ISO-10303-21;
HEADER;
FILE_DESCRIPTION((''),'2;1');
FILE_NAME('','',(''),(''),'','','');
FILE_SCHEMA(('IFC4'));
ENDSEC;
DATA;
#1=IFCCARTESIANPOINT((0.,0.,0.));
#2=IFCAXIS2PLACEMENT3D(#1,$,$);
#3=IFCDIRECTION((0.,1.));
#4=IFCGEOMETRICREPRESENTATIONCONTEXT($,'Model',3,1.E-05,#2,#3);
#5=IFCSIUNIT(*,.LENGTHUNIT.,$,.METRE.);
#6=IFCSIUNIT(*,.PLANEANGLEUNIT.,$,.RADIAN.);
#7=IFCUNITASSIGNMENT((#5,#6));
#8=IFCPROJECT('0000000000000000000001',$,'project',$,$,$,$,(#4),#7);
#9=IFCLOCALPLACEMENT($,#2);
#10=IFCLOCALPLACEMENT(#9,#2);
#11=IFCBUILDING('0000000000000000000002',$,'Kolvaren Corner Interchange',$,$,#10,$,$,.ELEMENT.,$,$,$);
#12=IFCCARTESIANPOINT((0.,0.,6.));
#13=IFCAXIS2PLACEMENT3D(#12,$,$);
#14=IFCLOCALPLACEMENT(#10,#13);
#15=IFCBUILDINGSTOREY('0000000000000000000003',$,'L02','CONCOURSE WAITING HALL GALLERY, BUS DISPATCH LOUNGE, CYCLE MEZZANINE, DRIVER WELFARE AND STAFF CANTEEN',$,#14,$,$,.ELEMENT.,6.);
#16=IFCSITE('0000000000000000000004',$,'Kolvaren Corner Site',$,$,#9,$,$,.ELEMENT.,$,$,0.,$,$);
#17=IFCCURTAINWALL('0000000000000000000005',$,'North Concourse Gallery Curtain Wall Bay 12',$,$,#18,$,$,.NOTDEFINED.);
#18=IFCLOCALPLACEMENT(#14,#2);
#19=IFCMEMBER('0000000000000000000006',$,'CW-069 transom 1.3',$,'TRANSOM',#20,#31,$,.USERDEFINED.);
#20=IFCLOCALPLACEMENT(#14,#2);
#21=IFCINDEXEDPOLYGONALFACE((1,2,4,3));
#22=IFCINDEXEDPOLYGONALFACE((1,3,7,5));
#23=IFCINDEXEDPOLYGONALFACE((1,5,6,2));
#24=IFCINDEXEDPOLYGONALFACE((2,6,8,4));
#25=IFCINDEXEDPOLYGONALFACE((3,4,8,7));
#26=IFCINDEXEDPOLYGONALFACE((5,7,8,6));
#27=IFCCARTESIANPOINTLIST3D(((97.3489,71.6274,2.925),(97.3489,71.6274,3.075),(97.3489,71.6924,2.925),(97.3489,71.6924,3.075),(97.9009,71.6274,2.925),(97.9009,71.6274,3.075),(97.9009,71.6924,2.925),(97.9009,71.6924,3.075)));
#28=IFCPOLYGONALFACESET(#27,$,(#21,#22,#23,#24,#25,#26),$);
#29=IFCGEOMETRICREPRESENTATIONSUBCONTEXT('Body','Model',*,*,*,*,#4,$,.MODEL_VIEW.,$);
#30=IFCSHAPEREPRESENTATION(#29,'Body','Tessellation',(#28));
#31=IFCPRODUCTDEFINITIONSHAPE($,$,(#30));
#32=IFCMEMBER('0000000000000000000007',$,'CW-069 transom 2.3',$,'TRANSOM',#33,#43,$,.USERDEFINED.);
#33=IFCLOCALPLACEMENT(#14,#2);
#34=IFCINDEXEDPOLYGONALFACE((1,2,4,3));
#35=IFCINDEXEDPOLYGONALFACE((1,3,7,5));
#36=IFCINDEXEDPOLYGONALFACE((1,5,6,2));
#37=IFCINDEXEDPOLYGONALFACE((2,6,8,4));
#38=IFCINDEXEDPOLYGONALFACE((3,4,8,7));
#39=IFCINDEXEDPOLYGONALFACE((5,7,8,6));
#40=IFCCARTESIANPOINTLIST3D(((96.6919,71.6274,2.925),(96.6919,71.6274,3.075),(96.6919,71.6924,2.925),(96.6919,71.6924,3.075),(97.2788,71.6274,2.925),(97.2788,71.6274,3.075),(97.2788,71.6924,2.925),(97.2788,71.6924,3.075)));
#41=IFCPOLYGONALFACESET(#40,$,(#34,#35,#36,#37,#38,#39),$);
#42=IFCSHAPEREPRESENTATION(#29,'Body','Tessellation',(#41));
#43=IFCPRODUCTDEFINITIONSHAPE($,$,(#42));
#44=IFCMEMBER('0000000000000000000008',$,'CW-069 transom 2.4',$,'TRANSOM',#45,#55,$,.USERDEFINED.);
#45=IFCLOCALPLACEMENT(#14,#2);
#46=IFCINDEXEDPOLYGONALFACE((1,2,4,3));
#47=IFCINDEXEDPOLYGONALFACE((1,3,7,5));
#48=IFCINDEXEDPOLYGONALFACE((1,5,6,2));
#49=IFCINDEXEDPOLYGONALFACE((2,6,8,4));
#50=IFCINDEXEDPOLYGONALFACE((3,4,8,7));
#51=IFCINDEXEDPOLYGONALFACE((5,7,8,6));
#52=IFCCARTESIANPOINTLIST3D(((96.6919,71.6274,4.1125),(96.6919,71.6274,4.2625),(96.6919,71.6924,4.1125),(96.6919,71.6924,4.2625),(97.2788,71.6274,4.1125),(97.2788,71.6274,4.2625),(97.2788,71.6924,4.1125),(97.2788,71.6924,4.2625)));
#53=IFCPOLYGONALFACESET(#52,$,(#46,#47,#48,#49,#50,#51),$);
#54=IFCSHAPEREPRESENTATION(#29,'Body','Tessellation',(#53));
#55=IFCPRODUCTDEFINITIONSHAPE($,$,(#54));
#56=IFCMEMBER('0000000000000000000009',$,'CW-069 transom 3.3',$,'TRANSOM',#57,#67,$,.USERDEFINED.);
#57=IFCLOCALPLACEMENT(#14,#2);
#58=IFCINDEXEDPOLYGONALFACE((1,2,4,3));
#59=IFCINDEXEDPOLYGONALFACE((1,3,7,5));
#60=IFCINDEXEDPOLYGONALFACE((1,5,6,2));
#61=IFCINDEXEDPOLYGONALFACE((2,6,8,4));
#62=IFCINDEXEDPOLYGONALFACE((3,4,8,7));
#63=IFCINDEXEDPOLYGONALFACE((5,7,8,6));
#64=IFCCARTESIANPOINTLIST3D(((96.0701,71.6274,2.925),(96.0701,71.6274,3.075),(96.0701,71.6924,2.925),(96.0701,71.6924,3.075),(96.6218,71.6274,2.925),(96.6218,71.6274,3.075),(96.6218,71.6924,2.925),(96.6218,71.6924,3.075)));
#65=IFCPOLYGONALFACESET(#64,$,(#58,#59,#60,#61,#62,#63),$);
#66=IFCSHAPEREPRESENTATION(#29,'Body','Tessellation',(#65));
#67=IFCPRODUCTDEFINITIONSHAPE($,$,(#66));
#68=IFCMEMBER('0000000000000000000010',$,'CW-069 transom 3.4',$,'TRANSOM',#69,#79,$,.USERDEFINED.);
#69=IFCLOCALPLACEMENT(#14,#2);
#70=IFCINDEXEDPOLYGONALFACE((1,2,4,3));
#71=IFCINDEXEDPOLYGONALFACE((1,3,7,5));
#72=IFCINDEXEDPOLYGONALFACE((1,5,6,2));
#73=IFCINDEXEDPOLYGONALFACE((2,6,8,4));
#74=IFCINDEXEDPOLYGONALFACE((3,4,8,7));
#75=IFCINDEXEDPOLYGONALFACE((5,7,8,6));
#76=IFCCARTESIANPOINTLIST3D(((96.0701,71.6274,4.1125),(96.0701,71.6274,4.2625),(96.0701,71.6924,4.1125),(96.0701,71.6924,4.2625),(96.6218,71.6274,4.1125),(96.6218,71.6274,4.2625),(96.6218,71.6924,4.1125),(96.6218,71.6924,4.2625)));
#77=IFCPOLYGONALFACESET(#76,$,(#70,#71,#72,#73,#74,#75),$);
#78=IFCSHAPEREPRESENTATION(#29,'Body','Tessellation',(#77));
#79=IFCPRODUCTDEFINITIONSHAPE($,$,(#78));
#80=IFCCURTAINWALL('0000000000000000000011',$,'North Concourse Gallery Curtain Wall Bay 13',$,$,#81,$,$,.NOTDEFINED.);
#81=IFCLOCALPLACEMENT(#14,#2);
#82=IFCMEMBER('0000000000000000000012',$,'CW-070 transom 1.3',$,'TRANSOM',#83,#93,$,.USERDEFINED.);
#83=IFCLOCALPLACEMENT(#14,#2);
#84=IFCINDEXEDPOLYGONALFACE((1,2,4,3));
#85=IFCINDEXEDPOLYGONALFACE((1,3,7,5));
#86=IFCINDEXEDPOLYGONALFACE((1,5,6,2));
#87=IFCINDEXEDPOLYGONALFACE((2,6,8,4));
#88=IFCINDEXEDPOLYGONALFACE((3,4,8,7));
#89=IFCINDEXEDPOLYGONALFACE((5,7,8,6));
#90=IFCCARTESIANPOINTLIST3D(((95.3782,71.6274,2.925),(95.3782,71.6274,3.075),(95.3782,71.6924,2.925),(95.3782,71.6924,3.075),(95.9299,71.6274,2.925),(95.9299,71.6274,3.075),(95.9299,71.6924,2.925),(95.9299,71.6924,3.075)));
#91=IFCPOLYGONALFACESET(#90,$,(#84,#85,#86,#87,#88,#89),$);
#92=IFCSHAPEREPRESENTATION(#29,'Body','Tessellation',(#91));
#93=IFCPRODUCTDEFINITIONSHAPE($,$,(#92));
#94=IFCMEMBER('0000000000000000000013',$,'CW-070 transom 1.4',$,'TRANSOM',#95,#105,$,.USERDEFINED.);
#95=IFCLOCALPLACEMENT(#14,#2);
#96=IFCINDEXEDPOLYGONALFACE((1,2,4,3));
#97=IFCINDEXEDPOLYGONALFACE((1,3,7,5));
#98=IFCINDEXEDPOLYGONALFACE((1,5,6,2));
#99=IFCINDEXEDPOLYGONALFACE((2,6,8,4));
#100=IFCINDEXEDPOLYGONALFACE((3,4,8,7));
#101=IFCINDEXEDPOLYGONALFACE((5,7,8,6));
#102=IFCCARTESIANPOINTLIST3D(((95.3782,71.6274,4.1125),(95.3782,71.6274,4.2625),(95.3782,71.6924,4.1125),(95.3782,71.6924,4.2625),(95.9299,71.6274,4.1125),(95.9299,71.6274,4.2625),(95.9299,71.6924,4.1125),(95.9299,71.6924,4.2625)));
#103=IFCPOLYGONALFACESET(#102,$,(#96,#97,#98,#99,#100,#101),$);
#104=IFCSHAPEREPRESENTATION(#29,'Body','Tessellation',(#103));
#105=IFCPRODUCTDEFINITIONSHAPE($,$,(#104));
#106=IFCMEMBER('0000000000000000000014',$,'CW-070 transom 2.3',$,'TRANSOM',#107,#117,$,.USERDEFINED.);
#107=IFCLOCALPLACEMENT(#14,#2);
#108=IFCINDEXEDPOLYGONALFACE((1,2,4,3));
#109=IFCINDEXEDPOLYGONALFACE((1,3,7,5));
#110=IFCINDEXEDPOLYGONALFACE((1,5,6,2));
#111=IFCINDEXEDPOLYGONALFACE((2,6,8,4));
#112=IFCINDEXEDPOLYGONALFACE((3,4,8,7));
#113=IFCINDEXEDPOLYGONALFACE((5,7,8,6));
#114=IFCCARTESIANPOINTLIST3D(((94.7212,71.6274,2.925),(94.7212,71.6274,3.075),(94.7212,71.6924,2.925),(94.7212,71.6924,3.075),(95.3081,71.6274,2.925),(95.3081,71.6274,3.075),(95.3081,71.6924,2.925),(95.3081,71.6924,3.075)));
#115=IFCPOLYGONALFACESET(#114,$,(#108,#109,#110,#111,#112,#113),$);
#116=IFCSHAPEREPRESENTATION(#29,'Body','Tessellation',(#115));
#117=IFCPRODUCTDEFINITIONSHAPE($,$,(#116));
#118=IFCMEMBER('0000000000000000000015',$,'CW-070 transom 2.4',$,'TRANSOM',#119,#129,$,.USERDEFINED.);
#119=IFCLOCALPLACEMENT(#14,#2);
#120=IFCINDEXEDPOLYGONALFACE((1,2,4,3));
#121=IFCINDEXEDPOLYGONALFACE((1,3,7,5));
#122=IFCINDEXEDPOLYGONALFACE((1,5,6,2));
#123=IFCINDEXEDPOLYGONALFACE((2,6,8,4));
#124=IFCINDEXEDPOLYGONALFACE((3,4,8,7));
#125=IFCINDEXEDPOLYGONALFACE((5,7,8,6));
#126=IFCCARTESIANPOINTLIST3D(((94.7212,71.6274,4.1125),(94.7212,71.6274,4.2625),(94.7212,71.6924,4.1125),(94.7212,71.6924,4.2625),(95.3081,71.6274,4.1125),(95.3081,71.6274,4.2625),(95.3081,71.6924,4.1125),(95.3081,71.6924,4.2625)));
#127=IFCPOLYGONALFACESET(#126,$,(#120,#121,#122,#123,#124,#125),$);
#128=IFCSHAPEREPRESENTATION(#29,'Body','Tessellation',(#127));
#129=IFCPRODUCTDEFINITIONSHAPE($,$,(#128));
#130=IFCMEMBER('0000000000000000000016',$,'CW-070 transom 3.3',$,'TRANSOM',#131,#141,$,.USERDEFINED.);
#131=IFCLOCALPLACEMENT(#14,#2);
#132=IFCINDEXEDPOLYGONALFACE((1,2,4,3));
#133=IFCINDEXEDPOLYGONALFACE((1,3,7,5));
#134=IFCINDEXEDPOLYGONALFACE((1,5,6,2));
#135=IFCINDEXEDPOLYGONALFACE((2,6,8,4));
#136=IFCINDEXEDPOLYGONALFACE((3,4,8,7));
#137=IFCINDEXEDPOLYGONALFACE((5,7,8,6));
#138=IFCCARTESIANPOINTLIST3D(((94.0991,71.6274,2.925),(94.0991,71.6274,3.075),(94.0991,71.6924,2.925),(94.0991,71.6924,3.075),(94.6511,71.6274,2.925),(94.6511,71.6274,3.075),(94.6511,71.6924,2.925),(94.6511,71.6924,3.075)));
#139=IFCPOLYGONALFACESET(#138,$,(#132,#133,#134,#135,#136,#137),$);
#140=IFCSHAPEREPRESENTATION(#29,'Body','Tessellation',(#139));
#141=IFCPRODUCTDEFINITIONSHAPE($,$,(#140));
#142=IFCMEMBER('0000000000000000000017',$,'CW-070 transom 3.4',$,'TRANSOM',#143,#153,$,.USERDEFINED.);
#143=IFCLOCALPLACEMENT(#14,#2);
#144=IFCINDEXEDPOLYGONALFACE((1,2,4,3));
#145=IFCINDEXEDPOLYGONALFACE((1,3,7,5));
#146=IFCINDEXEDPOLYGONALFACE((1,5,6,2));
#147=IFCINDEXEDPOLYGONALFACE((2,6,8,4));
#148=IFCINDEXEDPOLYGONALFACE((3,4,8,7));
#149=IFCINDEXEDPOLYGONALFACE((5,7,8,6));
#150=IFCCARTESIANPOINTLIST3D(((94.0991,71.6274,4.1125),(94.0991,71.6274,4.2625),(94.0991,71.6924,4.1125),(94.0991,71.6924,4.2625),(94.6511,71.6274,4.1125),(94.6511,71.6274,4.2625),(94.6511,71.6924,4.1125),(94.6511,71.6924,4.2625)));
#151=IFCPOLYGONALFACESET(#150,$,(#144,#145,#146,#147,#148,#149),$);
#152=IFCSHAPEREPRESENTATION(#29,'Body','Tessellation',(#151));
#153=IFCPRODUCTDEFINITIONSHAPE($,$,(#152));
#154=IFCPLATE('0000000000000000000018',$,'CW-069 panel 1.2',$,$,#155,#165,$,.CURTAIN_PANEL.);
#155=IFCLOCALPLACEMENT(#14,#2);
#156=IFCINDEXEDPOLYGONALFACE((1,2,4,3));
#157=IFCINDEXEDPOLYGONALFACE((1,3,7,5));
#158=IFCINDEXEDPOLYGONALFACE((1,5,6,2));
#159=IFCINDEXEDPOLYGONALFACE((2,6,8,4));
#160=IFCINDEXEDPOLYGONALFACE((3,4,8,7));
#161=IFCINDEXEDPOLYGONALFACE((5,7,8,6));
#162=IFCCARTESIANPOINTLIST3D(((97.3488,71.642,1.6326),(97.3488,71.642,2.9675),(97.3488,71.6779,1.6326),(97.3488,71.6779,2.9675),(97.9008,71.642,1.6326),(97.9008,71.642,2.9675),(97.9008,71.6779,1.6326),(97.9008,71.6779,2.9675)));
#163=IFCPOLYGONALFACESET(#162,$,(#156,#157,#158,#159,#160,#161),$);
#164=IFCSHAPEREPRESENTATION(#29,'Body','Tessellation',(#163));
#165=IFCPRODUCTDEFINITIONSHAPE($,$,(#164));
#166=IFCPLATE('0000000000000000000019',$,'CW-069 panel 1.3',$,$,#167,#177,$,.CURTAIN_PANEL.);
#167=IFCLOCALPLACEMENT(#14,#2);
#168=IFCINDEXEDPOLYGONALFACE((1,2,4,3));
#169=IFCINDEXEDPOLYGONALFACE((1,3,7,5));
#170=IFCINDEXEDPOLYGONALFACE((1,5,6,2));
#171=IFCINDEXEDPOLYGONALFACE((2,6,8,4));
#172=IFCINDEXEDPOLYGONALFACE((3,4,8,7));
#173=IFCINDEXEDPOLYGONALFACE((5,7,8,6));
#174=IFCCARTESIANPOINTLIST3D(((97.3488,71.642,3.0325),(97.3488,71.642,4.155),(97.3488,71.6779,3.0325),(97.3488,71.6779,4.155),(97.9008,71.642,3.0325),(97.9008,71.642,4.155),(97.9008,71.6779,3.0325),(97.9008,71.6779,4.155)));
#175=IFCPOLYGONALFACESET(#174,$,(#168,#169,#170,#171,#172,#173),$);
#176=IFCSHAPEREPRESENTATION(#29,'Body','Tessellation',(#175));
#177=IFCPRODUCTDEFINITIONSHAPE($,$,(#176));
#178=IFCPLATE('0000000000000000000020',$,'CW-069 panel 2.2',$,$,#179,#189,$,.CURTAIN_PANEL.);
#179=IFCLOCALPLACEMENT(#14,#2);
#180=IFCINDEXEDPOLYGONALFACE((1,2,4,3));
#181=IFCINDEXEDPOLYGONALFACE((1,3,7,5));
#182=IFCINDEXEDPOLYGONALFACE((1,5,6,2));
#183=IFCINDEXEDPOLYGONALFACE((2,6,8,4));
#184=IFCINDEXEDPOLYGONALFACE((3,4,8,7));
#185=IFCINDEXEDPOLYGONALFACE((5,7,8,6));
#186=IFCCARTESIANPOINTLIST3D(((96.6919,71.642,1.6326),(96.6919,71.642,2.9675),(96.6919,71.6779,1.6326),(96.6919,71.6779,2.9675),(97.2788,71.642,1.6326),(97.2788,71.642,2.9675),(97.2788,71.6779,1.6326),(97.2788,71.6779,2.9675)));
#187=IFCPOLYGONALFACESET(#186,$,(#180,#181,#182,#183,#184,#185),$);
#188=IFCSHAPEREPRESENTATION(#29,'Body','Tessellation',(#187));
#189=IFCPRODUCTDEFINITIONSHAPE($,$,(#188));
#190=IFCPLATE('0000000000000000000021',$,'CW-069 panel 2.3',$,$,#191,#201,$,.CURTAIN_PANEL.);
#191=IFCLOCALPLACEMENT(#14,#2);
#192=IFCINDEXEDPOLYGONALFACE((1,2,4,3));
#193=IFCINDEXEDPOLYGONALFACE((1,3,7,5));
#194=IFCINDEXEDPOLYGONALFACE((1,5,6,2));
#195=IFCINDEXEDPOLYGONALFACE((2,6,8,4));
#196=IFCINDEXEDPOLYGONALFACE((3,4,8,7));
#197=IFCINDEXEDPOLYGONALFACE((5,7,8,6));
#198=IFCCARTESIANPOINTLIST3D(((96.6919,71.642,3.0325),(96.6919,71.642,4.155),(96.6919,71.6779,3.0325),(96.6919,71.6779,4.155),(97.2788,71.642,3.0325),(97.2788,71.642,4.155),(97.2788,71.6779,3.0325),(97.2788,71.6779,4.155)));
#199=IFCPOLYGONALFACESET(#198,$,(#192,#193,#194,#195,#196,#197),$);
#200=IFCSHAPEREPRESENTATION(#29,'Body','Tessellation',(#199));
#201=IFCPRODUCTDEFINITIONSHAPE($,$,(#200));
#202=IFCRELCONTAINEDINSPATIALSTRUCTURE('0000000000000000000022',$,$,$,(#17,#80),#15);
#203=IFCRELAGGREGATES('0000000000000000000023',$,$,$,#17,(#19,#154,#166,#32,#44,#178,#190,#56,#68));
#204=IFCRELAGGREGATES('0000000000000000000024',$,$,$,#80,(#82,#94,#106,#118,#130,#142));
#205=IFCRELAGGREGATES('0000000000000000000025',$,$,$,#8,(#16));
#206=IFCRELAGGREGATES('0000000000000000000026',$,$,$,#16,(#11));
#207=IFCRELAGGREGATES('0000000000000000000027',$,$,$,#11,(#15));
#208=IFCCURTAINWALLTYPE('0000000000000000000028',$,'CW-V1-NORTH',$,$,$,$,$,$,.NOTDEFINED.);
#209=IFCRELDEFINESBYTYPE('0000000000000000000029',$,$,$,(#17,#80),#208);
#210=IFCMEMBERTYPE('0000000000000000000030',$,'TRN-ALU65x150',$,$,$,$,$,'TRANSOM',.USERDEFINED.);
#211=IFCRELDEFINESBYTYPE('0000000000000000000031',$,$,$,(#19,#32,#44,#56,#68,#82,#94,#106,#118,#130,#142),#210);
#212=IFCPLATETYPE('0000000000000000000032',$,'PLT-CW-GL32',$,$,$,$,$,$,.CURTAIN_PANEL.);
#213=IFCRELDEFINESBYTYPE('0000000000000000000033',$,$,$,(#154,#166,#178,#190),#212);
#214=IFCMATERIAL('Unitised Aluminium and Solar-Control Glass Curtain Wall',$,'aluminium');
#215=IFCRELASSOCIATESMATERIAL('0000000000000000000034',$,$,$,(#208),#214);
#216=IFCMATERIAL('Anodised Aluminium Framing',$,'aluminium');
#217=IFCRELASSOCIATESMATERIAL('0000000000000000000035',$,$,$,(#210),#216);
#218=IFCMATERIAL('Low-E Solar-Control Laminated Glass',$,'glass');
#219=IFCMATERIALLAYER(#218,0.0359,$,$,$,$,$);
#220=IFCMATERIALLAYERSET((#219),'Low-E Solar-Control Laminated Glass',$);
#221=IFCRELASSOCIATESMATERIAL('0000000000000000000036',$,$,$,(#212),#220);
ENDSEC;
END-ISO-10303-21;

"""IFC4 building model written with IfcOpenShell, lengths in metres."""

from ifc_helpers import new_model, si_unit, direction, frame, origin, origin_2d, place, context, subcontext, project, spatial, rectangle, extrude, material, layer, layer_set, material_profile, profile_set, type_object, element, aggregate, save


model = new_model("IFC4")

# Units and contexts
model_context = context("Model", 3, precision=1e-05, world=origin(), true_north=direction((0.0, 1.0)))
body_context = subcontext(model_context, "Body", "Model", "MODEL_VIEW")
ifc_project = project(units=[si_unit("LENGTHUNIT", "METRE"), si_unit("PLANEANGLEUNIT", "RADIAN")], contexts=[model_context])

# Site, building, storey
site_placement = place(None, origin())
site = spatial("IfcSite", under=ifc_project, at=site_placement, Name="Kolvaren Corner Site", CompositionType="ELEMENT", RefElevation=0.0)
building_placement = place(site_placement, origin())
building = spatial("IfcBuilding", under=site, at=building_placement, Name="Kolvaren Corner Interchange", CompositionType="ELEMENT")
storey_placement = place(building_placement, frame((0.0, 0.0, 6.0)))
storey = spatial("IfcBuildingStorey", under=building, at=storey_placement, Name="L02", Description="CONCOURSE WAITING HALL GALLERY, BUS DISPATCH LOUNGE, CYCLE MEZZANINE, DRIVER WELFARE AND STAFF CANTEEN", CompositionType="ELEMENT", Elevation=6.0)

# Curtain walls, members
ifc_material_1 = material(Name="Unitised Aluminium and Solar-Control Glass Curtain Wall", Category="aluminium")
curtain_wall_type = type_object("IfcCurtainWallType", Name="CW-V1-NORTH", PredefinedType="NOTDEFINED", material=ifc_material_1)
curtain_wall_1_placement = place(storey_placement, origin())
curtain_wall_1 = element("IfcCurtainWall", 1, at=curtain_wall_1_placement, inside=storey, type_object=curtain_wall_type, Name="North Concourse Gallery Curtain Wall Bay 12", PredefinedType="NOTDEFINED")
ifc_material_2 = material(Name="Anodised Aluminium Framing", Category="aluminium")
ifc_material_profile = material_profile(ifc_material_2, rectangle(XDim=0.0649, YDim=0.1499, at=origin_2d()), Name="ALU 65x150")
ifc_profile_set = profile_set([ifc_material_profile], Name="Anodised Aluminium Framing")
member_type = type_object("IfcMemberType", Name="TRN-ALU65x150", ElementType="TRANSOM", PredefinedType="USERDEFINED", material=ifc_profile_set)
member_1_placement = place(storey_placement, frame((97.9009, 71.6599, 3.0), z_axis=(-1.0, 0.0, 0.0), x_axis=(0.0, -1.0, 0.0)))
member_1 = element("IfcMember", 2, at=member_1_placement, type_object=member_type, Name="CW-069 transom 1.3", ObjectType="TRANSOM", PredefinedType="USERDEFINED", context=body_context, shape_type="SweptSolid", body=[
    extrude(rectangle(XDim=0.0649, YDim=0.1499, at=origin_2d()), origin(), (0.0, 0.0, 1.0), 0.552),
])
member_2_placement = place(storey_placement, frame((97.2788, 71.6599, 3.0), z_axis=(-1.0, 0.0, 0.0), x_axis=(0.0, -1.0, 0.0)))
member_2 = element("IfcMember", 3, at=member_2_placement, type_object=member_type, Name="CW-069 transom 2.3", ObjectType="TRANSOM", PredefinedType="USERDEFINED", context=body_context, shape_type="SweptSolid", body=[
    extrude(rectangle(XDim=0.0649, YDim=0.1499, at=origin_2d()), origin(), (0.0, 0.0, 1.0), 0.5869),
])
member_3_placement = place(storey_placement, frame((97.2788, 71.6599, 4.1875), z_axis=(-1.0, 0.0, 0.0), x_axis=(0.0, -1.0, 0.0)))
member_3 = element("IfcMember", 4, at=member_3_placement, type_object=member_type, Name="CW-069 transom 2.4", ObjectType="TRANSOM", PredefinedType="USERDEFINED", context=body_context, shape_type="SweptSolid", body=[
    extrude(rectangle(XDim=0.0649, YDim=0.1499, at=origin_2d()), origin(), (0.0, 0.0, 1.0), 0.5869),
])
member_4_placement = place(storey_placement, frame((96.6218, 71.6599, 3.0), z_axis=(-1.0, 0.0, 0.0), x_axis=(0.0, -1.0, 0.0)))
member_4 = element("IfcMember", 5, at=member_4_placement, type_object=member_type, Name="CW-069 transom 3.3", ObjectType="TRANSOM", PredefinedType="USERDEFINED", context=body_context, shape_type="SweptSolid", body=[
    extrude(rectangle(XDim=0.0649, YDim=0.1499, at=origin_2d()), origin(), (0.0, 0.0, 1.0), 0.5518),
])
member_5_placement = place(storey_placement, frame((96.6218, 71.6599, 4.1875), z_axis=(-1.0, 0.0, 0.0), x_axis=(0.0, -1.0, 0.0)))
member_5 = element("IfcMember", 6, at=member_5_placement, type_object=member_type, Name="CW-069 transom 3.4", ObjectType="TRANSOM", PredefinedType="USERDEFINED", context=body_context, shape_type="SweptSolid", body=[
    extrude(rectangle(XDim=0.0649, YDim=0.1499, at=origin_2d()), origin(), (0.0, 0.0, 1.0), 0.5518),
])
curtain_wall_2_placement = place(storey_placement, origin())
curtain_wall_2 = element("IfcCurtainWall", 7, at=curtain_wall_2_placement, inside=storey, type_object=curtain_wall_type, Name="North Concourse Gallery Curtain Wall Bay 13", PredefinedType="NOTDEFINED")
member_6_placement = place(storey_placement, frame((95.9299, 71.6599, 3.0), z_axis=(-1.0, 0.0, 0.0), x_axis=(0.0, -1.0, 0.0)))
member_6 = element("IfcMember", 8, at=member_6_placement, type_object=member_type, Name="CW-070 transom 1.3", ObjectType="TRANSOM", PredefinedType="USERDEFINED", context=body_context, shape_type="SweptSolid", body=[
    extrude(rectangle(XDim=0.0649, YDim=0.1499, at=origin_2d()), origin(), (0.0, 0.0, 1.0), 0.5518),
])
member_7_placement = place(storey_placement, frame((95.9299, 71.6599, 4.1875), z_axis=(-1.0, 0.0, 0.0), x_axis=(0.0, -1.0, 0.0)))
member_7 = element("IfcMember", 9, at=member_7_placement, type_object=member_type, Name="CW-070 transom 1.4", ObjectType="TRANSOM", PredefinedType="USERDEFINED", context=body_context, shape_type="SweptSolid", body=[
    extrude(rectangle(XDim=0.0649, YDim=0.1499, at=origin_2d()), origin(), (0.0, 0.0, 1.0), 0.5518),
])
member_8_placement = place(storey_placement, frame((95.3081, 71.6599, 3.0), z_axis=(-1.0, 0.0, 0.0), x_axis=(0.0, -1.0, 0.0)))
member_8 = element("IfcMember", 10, at=member_8_placement, type_object=member_type, Name="CW-070 transom 2.3", ObjectType="TRANSOM", PredefinedType="USERDEFINED", context=body_context, shape_type="SweptSolid", body=[
    extrude(rectangle(XDim=0.0649, YDim=0.1499, at=origin_2d()), origin(), (0.0, 0.0, 1.0), 0.5869),
])
member_9_placement = place(storey_placement, frame((95.3081, 71.6599, 4.1875), z_axis=(-1.0, 0.0, 0.0), x_axis=(0.0, -1.0, 0.0)))
member_9 = element("IfcMember", 11, at=member_9_placement, type_object=member_type, Name="CW-070 transom 2.4", ObjectType="TRANSOM", PredefinedType="USERDEFINED", context=body_context, shape_type="SweptSolid", body=[
    extrude(rectangle(XDim=0.0649, YDim=0.1499, at=origin_2d()), origin(), (0.0, 0.0, 1.0), 0.5869),
])
member_10_placement = place(storey_placement, frame((94.6511, 71.6599, 3.0), z_axis=(-1.0, 0.0, 0.0), x_axis=(0.0, -1.0, 0.0)))
member_10 = element("IfcMember", 12, at=member_10_placement, type_object=member_type, Name="CW-070 transom 3.3", ObjectType="TRANSOM", PredefinedType="USERDEFINED", context=body_context, shape_type="SweptSolid", body=[
    extrude(rectangle(XDim=0.0649, YDim=0.1499, at=origin_2d()), origin(), (0.0, 0.0, 1.0), 0.552),
])
member_11_placement = place(storey_placement, frame((94.6511, 71.6599, 4.1875), z_axis=(-1.0, 0.0, 0.0), x_axis=(0.0, -1.0, 0.0)))
member_11 = element("IfcMember", 13, at=member_11_placement, type_object=member_type, Name="CW-070 transom 3.4", ObjectType="TRANSOM", PredefinedType="USERDEFINED", context=body_context, shape_type="SweptSolid", body=[
    extrude(rectangle(XDim=0.0649, YDim=0.1499, at=origin_2d()), origin(), (0.0, 0.0, 1.0), 0.552),
])

# Plates
ifc_material_3 = material(Name="Low-E Solar-Control Laminated Glass", Category="glass")
ifc_layer = layer(ifc_material_3, 0.0359)
ifc_layer_set = layer_set([ifc_layer], Name="Low-E Solar-Control Laminated Glass")
plate_type = type_object("IfcPlateType", Name="PLT-CW-GL32", PredefinedType="CURTAIN_PANEL", material=ifc_layer_set)
plate_1_placement = place(storey_placement, frame((97.6248, 71.6599, 1.6326), z_axis=(0.0, 0.0, 1.0), x_axis=(-1.0, 0.0, 0.0)))
plate_1 = element("IfcPlate", 14, at=plate_1_placement, type_object=plate_type, Name="CW-069 panel 1.2", PredefinedType="CURTAIN_PANEL", context=body_context, shape_type="SweptSolid", body=[
    extrude(rectangle(XDim=0.552, YDim=0.0359, at=origin_2d()), origin(), (0.0, 0.0, 1.0), 1.335),
])
plate_2_placement = place(storey_placement, frame((97.6248, 71.6599, 3.0325), z_axis=(0.0, 0.0, 1.0), x_axis=(-1.0, 0.0, 0.0)))
plate_2 = element("IfcPlate", 15, at=plate_2_placement, type_object=plate_type, Name="CW-069 panel 1.3", PredefinedType="CURTAIN_PANEL", context=body_context, shape_type="SweptSolid", body=[
    extrude(rectangle(XDim=0.552, YDim=0.0359, at=origin_2d()), origin(), (0.0, 0.0, 1.0), 1.1226),
])
plate_3_placement = place(storey_placement, frame((96.9854, 71.6599, 1.6326), z_axis=(0.0, 0.0, 1.0), x_axis=(-1.0, 0.0, 0.0)))
plate_3 = element("IfcPlate", 16, at=plate_3_placement, type_object=plate_type, Name="CW-069 panel 2.2", PredefinedType="CURTAIN_PANEL", context=body_context, shape_type="SweptSolid", body=[
    extrude(rectangle(XDim=0.5869, YDim=0.0359, at=origin_2d()), origin(), (0.0, 0.0, 1.0), 1.335),
])
plate_4_placement = place(storey_placement, frame((96.9854, 71.6599, 3.0325), z_axis=(0.0, 0.0, 1.0), x_axis=(-1.0, 0.0, 0.0)))
plate_4 = element("IfcPlate", 17, at=plate_4_placement, type_object=plate_type, Name="CW-069 panel 2.3", PredefinedType="CURTAIN_PANEL", context=body_context, shape_type="SweptSolid", body=[
    extrude(rectangle(XDim=0.5869, YDim=0.0359, at=origin_2d()), origin(), (0.0, 0.0, 1.0), 1.1226),
])
aggregate(curtain_wall_1, [member_1, plate_1, plate_2, member_2, member_3, plate_3, plate_4, member_4, member_5])
aggregate(curtain_wall_2, [member_6, member_7, member_8, member_9, member_10, member_11])

save(model, "model.ifc")
